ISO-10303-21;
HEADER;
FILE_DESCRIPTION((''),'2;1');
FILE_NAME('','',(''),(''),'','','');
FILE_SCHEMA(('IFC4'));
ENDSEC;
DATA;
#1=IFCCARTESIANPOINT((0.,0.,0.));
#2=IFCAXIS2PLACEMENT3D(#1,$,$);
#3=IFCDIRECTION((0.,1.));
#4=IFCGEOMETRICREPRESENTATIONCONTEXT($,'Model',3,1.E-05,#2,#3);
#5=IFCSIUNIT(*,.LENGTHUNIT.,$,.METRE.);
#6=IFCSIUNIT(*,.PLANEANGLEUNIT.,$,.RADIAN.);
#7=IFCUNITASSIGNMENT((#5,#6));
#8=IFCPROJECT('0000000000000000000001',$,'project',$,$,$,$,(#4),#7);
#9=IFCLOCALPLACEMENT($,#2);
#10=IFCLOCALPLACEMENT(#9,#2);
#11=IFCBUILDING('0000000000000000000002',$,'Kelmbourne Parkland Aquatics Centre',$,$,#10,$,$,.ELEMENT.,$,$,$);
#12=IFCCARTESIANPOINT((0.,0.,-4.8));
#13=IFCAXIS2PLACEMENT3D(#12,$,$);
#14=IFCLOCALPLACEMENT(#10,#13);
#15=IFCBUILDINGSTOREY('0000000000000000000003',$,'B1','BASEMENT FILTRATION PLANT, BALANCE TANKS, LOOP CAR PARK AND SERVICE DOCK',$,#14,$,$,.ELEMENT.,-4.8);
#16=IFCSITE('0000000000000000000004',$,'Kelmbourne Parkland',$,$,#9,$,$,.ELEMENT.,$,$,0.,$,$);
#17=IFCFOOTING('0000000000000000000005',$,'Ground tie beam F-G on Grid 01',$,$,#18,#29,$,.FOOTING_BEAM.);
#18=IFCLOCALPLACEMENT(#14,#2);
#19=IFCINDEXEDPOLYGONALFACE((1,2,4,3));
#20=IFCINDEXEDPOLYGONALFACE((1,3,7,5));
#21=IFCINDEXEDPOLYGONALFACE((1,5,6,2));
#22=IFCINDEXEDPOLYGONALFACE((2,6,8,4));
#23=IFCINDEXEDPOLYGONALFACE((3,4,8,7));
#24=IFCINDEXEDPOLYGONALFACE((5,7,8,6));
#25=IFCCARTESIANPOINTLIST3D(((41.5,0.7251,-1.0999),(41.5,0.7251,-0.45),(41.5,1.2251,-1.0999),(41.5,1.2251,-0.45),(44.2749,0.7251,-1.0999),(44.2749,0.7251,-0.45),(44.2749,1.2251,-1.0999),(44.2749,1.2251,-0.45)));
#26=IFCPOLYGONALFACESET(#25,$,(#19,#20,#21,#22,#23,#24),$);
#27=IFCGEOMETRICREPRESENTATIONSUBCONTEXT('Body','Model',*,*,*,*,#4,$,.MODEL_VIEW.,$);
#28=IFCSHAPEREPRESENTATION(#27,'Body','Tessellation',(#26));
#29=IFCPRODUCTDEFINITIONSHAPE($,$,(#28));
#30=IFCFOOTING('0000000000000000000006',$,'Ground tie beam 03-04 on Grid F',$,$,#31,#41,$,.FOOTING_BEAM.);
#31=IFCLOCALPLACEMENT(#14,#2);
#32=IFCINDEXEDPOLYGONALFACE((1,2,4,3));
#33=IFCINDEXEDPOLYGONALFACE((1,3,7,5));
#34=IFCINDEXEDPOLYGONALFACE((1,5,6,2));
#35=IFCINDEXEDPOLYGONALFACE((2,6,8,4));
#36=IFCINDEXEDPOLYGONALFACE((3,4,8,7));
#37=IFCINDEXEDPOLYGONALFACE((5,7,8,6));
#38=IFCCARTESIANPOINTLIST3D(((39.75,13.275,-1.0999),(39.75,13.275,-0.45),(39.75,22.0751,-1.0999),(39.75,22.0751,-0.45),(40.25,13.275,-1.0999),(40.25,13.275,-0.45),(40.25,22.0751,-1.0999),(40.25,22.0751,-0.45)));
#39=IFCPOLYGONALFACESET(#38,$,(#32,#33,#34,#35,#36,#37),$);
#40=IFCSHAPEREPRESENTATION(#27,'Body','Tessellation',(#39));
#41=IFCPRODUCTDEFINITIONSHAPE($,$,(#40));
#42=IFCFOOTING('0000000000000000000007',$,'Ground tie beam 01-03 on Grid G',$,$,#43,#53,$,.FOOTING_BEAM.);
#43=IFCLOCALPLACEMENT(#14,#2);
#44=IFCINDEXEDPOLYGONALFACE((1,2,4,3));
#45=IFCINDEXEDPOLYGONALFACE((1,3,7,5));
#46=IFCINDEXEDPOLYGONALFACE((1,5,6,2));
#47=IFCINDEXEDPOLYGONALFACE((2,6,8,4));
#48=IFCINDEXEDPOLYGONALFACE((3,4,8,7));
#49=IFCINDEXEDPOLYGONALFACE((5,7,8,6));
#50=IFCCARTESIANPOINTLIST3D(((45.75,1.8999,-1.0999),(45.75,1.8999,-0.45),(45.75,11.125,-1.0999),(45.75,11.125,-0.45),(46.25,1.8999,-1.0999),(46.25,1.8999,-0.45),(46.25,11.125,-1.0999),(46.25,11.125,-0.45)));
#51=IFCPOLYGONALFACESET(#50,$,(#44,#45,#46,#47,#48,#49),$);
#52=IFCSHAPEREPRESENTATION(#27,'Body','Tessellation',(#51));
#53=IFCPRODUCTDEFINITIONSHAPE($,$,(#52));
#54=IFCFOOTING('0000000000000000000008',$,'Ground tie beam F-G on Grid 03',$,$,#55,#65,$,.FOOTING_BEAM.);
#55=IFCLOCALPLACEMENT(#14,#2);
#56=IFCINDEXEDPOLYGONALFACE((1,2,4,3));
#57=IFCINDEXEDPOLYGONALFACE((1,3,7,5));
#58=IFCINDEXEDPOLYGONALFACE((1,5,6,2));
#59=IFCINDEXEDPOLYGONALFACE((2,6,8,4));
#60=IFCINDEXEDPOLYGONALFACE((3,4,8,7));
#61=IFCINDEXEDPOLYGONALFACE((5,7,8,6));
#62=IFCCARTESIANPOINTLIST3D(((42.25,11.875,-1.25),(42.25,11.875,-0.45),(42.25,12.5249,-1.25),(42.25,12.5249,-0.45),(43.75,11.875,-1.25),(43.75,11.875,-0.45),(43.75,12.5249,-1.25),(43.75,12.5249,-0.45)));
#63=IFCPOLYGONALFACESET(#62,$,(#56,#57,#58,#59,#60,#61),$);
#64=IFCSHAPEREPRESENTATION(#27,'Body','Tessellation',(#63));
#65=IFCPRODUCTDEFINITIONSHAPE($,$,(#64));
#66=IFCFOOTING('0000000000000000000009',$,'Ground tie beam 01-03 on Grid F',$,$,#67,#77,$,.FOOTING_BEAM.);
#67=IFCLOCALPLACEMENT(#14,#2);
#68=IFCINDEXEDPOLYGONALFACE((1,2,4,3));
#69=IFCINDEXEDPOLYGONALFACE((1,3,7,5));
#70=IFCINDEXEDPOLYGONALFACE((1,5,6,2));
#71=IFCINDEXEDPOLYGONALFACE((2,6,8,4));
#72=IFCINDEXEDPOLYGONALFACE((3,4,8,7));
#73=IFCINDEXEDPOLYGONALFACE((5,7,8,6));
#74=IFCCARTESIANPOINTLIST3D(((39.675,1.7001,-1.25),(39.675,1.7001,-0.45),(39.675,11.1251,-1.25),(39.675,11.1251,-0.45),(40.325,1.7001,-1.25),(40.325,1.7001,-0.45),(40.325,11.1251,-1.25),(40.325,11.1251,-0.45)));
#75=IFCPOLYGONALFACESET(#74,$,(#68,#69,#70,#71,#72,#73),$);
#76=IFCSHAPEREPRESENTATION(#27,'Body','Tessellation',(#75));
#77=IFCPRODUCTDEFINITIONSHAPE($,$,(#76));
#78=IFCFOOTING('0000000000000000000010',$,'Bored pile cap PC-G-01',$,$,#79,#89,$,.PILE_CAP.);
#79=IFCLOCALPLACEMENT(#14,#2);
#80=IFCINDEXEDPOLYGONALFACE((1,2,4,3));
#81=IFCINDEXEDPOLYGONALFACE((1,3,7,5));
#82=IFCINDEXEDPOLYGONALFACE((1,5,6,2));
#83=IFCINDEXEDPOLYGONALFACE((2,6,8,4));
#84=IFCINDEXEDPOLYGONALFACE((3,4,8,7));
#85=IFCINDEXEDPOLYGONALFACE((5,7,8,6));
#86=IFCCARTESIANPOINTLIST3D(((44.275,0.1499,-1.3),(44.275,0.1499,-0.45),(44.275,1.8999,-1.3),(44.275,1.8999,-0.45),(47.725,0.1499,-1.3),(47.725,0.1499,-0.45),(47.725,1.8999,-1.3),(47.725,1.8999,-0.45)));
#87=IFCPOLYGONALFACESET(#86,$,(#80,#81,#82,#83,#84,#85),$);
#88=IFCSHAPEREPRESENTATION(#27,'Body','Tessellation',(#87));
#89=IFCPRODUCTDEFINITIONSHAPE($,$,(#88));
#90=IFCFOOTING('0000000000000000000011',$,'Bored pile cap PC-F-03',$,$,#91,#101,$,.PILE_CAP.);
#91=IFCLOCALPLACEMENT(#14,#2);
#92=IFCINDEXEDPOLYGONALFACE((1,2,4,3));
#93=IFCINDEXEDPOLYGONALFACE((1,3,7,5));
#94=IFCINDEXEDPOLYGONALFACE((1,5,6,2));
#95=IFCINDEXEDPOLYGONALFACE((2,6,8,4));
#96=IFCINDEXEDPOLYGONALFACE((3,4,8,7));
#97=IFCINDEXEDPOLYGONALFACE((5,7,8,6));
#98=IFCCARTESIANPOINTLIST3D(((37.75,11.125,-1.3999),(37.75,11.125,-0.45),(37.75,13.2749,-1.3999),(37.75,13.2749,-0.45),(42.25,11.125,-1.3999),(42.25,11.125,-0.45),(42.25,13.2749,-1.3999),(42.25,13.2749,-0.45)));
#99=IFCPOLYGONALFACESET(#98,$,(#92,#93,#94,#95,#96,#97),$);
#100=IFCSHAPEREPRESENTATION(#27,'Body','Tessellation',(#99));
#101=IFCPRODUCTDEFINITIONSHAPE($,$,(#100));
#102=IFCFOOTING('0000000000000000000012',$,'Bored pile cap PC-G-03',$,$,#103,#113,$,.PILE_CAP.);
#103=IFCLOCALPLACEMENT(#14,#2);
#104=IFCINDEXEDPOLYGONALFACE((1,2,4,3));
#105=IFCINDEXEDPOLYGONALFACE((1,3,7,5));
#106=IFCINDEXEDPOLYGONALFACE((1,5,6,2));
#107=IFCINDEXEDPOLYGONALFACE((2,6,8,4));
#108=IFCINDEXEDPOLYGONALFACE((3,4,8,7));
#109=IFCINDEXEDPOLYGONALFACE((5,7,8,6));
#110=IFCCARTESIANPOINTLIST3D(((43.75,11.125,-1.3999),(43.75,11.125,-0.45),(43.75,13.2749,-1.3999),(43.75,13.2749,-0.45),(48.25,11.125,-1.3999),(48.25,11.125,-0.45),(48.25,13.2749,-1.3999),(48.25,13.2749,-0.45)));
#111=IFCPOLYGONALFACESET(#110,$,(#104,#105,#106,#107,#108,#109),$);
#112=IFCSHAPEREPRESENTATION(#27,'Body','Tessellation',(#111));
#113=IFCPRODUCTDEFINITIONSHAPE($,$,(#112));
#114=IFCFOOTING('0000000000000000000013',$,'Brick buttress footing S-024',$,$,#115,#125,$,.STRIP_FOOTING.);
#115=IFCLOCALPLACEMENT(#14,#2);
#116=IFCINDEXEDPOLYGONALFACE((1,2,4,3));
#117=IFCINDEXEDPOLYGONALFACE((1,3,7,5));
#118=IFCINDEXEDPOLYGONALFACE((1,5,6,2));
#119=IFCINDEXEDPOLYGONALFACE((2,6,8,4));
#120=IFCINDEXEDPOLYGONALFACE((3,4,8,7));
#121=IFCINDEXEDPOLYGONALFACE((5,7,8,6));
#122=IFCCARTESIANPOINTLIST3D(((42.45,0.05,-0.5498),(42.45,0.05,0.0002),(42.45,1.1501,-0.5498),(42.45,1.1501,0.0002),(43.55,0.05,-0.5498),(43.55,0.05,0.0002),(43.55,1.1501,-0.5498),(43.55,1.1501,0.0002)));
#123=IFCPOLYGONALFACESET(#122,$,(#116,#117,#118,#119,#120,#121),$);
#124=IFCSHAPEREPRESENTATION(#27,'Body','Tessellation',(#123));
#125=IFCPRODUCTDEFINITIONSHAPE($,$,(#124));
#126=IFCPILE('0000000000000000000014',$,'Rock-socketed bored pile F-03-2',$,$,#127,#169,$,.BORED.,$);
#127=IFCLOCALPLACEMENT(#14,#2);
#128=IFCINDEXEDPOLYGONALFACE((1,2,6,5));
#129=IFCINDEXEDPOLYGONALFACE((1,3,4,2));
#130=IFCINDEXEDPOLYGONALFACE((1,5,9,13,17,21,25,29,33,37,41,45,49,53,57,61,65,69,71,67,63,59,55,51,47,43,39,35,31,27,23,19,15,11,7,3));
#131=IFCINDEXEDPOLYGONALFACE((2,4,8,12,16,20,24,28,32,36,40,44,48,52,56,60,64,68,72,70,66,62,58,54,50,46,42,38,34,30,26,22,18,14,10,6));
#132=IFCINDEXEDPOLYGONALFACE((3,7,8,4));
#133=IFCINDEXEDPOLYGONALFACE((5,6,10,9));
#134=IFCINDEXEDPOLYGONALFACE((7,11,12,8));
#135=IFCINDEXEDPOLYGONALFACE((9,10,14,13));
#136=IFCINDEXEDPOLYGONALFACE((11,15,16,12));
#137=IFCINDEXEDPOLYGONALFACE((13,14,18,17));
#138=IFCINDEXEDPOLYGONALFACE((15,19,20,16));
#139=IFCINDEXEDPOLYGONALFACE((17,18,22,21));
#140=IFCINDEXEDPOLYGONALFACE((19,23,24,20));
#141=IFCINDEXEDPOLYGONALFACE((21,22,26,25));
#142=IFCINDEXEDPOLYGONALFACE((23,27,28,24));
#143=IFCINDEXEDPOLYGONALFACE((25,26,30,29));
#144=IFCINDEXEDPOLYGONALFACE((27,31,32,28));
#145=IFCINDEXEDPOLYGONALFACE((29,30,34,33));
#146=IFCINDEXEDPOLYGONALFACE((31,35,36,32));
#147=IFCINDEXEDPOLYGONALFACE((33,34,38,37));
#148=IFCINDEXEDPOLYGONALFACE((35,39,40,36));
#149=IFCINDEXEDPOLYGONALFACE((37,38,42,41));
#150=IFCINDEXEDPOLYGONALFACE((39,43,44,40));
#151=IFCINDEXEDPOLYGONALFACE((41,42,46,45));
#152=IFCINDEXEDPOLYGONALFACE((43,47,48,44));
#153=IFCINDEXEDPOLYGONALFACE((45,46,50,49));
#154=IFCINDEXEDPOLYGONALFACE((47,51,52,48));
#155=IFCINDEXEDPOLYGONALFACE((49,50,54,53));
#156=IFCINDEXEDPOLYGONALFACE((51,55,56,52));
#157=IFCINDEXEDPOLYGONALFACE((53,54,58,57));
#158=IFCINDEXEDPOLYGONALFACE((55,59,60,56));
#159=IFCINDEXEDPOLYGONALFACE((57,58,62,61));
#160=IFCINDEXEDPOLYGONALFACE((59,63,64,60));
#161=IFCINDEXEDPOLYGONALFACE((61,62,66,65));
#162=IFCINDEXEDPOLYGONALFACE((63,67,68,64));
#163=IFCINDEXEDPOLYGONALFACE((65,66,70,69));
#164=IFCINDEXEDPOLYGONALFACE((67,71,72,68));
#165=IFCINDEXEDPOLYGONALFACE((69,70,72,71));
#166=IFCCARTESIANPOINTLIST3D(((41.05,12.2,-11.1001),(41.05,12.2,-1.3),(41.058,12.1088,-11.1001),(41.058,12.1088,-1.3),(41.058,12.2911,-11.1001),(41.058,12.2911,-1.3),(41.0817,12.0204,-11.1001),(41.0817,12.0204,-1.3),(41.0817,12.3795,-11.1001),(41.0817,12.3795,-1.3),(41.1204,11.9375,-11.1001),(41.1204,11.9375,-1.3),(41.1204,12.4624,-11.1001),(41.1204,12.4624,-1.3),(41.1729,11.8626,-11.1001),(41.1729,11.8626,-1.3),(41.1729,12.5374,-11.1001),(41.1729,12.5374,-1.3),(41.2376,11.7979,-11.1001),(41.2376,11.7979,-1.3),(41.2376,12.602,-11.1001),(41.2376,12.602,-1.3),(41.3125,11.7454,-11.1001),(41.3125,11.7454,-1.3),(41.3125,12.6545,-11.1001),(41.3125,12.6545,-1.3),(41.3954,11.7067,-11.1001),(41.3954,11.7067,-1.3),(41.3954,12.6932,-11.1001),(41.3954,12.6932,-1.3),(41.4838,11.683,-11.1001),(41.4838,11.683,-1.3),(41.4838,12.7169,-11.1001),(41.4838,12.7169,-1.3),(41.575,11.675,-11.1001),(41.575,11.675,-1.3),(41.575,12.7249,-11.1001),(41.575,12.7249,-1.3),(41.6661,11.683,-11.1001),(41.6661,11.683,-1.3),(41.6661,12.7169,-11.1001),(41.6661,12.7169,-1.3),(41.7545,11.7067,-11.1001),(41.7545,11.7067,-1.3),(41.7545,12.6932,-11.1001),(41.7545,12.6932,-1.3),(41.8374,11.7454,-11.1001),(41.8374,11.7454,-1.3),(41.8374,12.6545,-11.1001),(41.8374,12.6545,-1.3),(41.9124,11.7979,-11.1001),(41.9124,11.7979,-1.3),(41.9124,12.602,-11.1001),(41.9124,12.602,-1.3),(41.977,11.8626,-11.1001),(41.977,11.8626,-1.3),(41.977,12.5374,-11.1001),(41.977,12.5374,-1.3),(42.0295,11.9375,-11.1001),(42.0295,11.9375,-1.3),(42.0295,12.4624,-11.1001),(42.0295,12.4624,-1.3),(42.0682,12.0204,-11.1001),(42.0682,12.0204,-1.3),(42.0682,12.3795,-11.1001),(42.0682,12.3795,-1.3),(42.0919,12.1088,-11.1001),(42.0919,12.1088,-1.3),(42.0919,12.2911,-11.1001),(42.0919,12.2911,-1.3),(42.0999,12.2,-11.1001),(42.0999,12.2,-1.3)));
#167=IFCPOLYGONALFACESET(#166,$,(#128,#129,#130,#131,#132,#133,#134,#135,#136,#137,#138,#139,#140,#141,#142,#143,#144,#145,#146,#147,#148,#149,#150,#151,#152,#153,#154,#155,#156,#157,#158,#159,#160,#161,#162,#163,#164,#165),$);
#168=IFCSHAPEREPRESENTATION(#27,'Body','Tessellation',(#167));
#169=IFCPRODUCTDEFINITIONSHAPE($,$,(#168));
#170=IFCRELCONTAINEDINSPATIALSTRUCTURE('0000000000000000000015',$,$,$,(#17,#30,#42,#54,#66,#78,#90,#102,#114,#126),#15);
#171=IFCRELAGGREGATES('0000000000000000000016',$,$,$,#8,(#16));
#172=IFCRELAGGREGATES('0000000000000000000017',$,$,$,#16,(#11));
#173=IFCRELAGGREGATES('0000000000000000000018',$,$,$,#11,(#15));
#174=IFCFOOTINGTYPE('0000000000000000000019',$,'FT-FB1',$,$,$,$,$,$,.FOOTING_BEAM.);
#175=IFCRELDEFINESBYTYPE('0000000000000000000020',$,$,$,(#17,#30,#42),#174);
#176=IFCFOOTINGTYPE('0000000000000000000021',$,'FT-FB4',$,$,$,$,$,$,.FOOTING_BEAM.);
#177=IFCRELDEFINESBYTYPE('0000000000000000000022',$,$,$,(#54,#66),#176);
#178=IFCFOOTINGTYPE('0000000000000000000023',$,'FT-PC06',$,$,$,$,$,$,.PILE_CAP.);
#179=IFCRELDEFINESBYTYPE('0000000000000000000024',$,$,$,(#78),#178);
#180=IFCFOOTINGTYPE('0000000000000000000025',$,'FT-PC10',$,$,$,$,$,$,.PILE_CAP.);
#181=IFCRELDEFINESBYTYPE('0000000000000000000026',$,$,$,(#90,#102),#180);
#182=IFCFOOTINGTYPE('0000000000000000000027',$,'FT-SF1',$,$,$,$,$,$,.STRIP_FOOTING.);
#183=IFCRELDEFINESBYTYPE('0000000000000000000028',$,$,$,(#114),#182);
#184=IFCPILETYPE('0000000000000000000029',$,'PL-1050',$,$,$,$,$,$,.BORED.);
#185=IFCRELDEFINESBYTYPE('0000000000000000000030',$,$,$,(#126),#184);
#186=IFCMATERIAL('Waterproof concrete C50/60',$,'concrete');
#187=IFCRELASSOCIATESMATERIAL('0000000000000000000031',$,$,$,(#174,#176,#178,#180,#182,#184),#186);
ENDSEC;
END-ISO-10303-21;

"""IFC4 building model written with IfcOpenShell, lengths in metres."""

from ifc_helpers import new_model, si_unit, direction, frame, origin, origin_2d, place, context, subcontext, project, spatial, rectangle, circle, extrude, material, material_profile, profile_set, type_object, element, save


model = new_model("IFC4")

# Units and contexts
model_context = context("Model", 3, precision=1e-05, world=origin(), true_north=direction((0.0, 1.0)))
body_context = subcontext(model_context, "Body", "Model", "MODEL_VIEW")
ifc_project = project(units=[si_unit("LENGTHUNIT", "METRE"), si_unit("PLANEANGLEUNIT", "RADIAN")], contexts=[model_context])

# Site, building, storey
site_placement = place(None, origin())
site = spatial("IfcSite", under=ifc_project, at=site_placement, Name="Kelmbourne Parkland", CompositionType="ELEMENT", RefElevation=0.0)
building_placement = place(site_placement, origin())
building = spatial("IfcBuilding", under=site, at=building_placement, Name="Kelmbourne Parkland Aquatics Centre", CompositionType="ELEMENT")
storey_placement = place(building_placement, frame((0.0, 0.0, -4.8)))
storey = spatial("IfcBuildingStorey", under=building, at=storey_placement, Name="B1", Description="BASEMENT FILTRATION PLANT, BALANCE TANKS, LOOP CAR PARK AND SERVICE DOCK", CompositionType="ELEMENT", Elevation=-4.8)

# Footings
ifc_material_1 = material(Name="Waterproof concrete C50/60", Category="concrete")
footing_type_1 = type_object("IfcFootingType", Name="FT-FB1", PredefinedType="FOOTING_BEAM", material=ifc_material_1)
footing_1_placement = place(storey_placement, frame((42.8875, 0.9751, -1.0999), z_axis=(0.0, 0.0, 1.0), x_axis=(1.0, 0.0, 0.0)))
element("IfcFooting", 1, at=footing_1_placement, inside=storey, type_object=footing_type_1, Name="Ground tie beam F-G on Grid 01", PredefinedType="FOOTING_BEAM", context=body_context, shape_type="SweptSolid", body=[
    extrude(rectangle(XDim=2.7749, YDim=0.5, at=origin_2d()), origin(), (0.0, 0.0, 1.0), 0.6499),
])
footing_2_placement = place(storey_placement, frame((40.0, 17.675, -1.0999), z_axis=(0.0, 0.0, 1.0), x_axis=(0.0, 1.0, 0.0)))
element("IfcFooting", 2, at=footing_2_placement, inside=storey, type_object=footing_type_1, Name="Ground tie beam 03-04 on Grid F", PredefinedType="FOOTING_BEAM", context=body_context, shape_type="SweptSolid", body=[
    extrude(rectangle(XDim=8.8, YDim=0.5, at=origin_2d()), origin(), (0.0, 0.0, 1.0), 0.6499),
])
footing_3_placement = place(storey_placement, frame((46.0, 6.5125, -1.0999), z_axis=(0.0, 0.0, 1.0), x_axis=(0.0, 1.0, 0.0)))
element("IfcFooting", 3, at=footing_3_placement, inside=storey, type_object=footing_type_1, Name="Ground tie beam 01-03 on Grid G", PredefinedType="FOOTING_BEAM", context=body_context, shape_type="SweptSolid", body=[
    extrude(rectangle(XDim=9.2251, YDim=0.5, at=origin_2d()), origin(), (0.0, 0.0, 1.0), 0.6499),
])
footing_type_2 = type_object("IfcFootingType", Name="FT-FB4", PredefinedType="FOOTING_BEAM", material=ifc_material_1)
footing_4_placement = place(storey_placement, frame((43.0, 12.2, -1.25), z_axis=(0.0, 0.0, 1.0), x_axis=(1.0, 0.0, 0.0)))
element("IfcFooting", 4, at=footing_4_placement, inside=storey, type_object=footing_type_2, Name="Ground tie beam F-G on Grid 03", PredefinedType="FOOTING_BEAM", context=body_context, shape_type="SweptSolid", body=[
    extrude(rectangle(XDim=1.5, YDim=0.6499, at=origin_2d()), origin(), (0.0, 0.0, 1.0), 0.8),
])
footing_5_placement = place(storey_placement, frame((40.0, 6.4126, -1.25), z_axis=(0.0, 0.0, 1.0), x_axis=(0.0, 1.0, 0.0)))
element("IfcFooting", 5, at=footing_5_placement, inside=storey, type_object=footing_type_2, Name="Ground tie beam 01-03 on Grid F", PredefinedType="FOOTING_BEAM", context=body_context, shape_type="SweptSolid", body=[
    extrude(rectangle(XDim=9.425, YDim=0.6499, at=origin_2d()), origin(), (0.0, 0.0, 1.0), 0.8),
])
footing_type_3 = type_object("IfcFootingType", Name="FT-PC06", PredefinedType="PILE_CAP", material=ifc_material_1)
footing_6_placement = place(storey_placement, frame((46.0, 1.0249, -1.3), z_axis=(0.0, 0.0, 1.0), x_axis=(1.0, 0.0, 0.0)))
element("IfcFooting", 6, at=footing_6_placement, inside=storey, type_object=footing_type_3, Name="Bored pile cap PC-G-01", PredefinedType="PILE_CAP", context=body_context, shape_type="SweptSolid", body=[
    extrude(rectangle(XDim=3.45, YDim=1.75, at=origin_2d()), origin(), (0.0, 0.0, 1.0), 0.8501),
])
footing_type_4 = type_object("IfcFootingType", Name="FT-PC10", PredefinedType="PILE_CAP", material=ifc_material_1)
for number, where, z_axis, x_axis, name in (
    (7, (40.0, 12.2, -1.3999), (0.0, 0.0, 1.0), (1.0, 0.0, 0.0), "Bored pile cap PC-F-03"),
    (8, (46.0, 12.2, -1.3999), (0.0, 0.0, 1.0), (1.0, 0.0, 0.0), "Bored pile cap PC-G-03"),
):
    element("IfcFooting", number, at=place(storey_placement, frame(where, z_axis=z_axis, x_axis=x_axis)), inside=storey, type_object=footing_type_4, Name=name, PredefinedType="PILE_CAP", context=body_context, shape_type="SweptSolid", body=[
        extrude(rectangle(XDim=4.5, YDim=2.1499, at=origin_2d()), origin(), (0.0, 0.0, 1.0), 0.95),
    ])
footing_type_5 = type_object("IfcFootingType", Name="FT-SF1", PredefinedType="STRIP_FOOTING", material=ifc_material_1)
footing_7_placement = place(storey_placement, frame((43.0, 0.6001, -0.5498), z_axis=(0.0, 0.0, 1.0), x_axis=(1.0, 0.0, 0.0)))
element("IfcFooting", 9, at=footing_7_placement, inside=storey, type_object=footing_type_5, Name="Brick buttress footing S-024", PredefinedType="STRIP_FOOTING", context=body_context, shape_type="SweptSolid", body=[
    extrude(rectangle(XDim=1.1001, YDim=1.1001, at=origin_2d()), origin(), (0.0, 0.0, 1.0), 0.55),
])

# Pile
ifc_material_profile_1 = material_profile(ifc_material_1, circle(Radius=0.5249, at=origin_2d()), Name="PILE D1050")
ifc_profile_set_1 = profile_set([ifc_material_profile_1], Name="Waterproof concrete C50/60")
pile_type_1 = type_object("IfcPileType", Name="PL-1050", PredefinedType="BORED", material=ifc_profile_set_1)
for number, where, z_axis, x_axis, name in (
    (10, (41.575, 12.2, -1.3), (0.0, 0.0, -1.0), (1.0, 0.0, 0.0), "Rock-socketed bored pile F-03-2"),
):
    element("IfcPile", number, at=place(storey_placement, frame(where, z_axis=z_axis, x_axis=x_axis)), inside=storey, type_object=pile_type_1, Name=name, PredefinedType="BORED", context=body_context, shape_type="SweptSolid", body=[
        extrude(circle(Radius=0.5249, at=origin_2d()), origin(), (0.0, 0.0, 1.0), 9.8),
    ])

save(model, "model.ifc")
